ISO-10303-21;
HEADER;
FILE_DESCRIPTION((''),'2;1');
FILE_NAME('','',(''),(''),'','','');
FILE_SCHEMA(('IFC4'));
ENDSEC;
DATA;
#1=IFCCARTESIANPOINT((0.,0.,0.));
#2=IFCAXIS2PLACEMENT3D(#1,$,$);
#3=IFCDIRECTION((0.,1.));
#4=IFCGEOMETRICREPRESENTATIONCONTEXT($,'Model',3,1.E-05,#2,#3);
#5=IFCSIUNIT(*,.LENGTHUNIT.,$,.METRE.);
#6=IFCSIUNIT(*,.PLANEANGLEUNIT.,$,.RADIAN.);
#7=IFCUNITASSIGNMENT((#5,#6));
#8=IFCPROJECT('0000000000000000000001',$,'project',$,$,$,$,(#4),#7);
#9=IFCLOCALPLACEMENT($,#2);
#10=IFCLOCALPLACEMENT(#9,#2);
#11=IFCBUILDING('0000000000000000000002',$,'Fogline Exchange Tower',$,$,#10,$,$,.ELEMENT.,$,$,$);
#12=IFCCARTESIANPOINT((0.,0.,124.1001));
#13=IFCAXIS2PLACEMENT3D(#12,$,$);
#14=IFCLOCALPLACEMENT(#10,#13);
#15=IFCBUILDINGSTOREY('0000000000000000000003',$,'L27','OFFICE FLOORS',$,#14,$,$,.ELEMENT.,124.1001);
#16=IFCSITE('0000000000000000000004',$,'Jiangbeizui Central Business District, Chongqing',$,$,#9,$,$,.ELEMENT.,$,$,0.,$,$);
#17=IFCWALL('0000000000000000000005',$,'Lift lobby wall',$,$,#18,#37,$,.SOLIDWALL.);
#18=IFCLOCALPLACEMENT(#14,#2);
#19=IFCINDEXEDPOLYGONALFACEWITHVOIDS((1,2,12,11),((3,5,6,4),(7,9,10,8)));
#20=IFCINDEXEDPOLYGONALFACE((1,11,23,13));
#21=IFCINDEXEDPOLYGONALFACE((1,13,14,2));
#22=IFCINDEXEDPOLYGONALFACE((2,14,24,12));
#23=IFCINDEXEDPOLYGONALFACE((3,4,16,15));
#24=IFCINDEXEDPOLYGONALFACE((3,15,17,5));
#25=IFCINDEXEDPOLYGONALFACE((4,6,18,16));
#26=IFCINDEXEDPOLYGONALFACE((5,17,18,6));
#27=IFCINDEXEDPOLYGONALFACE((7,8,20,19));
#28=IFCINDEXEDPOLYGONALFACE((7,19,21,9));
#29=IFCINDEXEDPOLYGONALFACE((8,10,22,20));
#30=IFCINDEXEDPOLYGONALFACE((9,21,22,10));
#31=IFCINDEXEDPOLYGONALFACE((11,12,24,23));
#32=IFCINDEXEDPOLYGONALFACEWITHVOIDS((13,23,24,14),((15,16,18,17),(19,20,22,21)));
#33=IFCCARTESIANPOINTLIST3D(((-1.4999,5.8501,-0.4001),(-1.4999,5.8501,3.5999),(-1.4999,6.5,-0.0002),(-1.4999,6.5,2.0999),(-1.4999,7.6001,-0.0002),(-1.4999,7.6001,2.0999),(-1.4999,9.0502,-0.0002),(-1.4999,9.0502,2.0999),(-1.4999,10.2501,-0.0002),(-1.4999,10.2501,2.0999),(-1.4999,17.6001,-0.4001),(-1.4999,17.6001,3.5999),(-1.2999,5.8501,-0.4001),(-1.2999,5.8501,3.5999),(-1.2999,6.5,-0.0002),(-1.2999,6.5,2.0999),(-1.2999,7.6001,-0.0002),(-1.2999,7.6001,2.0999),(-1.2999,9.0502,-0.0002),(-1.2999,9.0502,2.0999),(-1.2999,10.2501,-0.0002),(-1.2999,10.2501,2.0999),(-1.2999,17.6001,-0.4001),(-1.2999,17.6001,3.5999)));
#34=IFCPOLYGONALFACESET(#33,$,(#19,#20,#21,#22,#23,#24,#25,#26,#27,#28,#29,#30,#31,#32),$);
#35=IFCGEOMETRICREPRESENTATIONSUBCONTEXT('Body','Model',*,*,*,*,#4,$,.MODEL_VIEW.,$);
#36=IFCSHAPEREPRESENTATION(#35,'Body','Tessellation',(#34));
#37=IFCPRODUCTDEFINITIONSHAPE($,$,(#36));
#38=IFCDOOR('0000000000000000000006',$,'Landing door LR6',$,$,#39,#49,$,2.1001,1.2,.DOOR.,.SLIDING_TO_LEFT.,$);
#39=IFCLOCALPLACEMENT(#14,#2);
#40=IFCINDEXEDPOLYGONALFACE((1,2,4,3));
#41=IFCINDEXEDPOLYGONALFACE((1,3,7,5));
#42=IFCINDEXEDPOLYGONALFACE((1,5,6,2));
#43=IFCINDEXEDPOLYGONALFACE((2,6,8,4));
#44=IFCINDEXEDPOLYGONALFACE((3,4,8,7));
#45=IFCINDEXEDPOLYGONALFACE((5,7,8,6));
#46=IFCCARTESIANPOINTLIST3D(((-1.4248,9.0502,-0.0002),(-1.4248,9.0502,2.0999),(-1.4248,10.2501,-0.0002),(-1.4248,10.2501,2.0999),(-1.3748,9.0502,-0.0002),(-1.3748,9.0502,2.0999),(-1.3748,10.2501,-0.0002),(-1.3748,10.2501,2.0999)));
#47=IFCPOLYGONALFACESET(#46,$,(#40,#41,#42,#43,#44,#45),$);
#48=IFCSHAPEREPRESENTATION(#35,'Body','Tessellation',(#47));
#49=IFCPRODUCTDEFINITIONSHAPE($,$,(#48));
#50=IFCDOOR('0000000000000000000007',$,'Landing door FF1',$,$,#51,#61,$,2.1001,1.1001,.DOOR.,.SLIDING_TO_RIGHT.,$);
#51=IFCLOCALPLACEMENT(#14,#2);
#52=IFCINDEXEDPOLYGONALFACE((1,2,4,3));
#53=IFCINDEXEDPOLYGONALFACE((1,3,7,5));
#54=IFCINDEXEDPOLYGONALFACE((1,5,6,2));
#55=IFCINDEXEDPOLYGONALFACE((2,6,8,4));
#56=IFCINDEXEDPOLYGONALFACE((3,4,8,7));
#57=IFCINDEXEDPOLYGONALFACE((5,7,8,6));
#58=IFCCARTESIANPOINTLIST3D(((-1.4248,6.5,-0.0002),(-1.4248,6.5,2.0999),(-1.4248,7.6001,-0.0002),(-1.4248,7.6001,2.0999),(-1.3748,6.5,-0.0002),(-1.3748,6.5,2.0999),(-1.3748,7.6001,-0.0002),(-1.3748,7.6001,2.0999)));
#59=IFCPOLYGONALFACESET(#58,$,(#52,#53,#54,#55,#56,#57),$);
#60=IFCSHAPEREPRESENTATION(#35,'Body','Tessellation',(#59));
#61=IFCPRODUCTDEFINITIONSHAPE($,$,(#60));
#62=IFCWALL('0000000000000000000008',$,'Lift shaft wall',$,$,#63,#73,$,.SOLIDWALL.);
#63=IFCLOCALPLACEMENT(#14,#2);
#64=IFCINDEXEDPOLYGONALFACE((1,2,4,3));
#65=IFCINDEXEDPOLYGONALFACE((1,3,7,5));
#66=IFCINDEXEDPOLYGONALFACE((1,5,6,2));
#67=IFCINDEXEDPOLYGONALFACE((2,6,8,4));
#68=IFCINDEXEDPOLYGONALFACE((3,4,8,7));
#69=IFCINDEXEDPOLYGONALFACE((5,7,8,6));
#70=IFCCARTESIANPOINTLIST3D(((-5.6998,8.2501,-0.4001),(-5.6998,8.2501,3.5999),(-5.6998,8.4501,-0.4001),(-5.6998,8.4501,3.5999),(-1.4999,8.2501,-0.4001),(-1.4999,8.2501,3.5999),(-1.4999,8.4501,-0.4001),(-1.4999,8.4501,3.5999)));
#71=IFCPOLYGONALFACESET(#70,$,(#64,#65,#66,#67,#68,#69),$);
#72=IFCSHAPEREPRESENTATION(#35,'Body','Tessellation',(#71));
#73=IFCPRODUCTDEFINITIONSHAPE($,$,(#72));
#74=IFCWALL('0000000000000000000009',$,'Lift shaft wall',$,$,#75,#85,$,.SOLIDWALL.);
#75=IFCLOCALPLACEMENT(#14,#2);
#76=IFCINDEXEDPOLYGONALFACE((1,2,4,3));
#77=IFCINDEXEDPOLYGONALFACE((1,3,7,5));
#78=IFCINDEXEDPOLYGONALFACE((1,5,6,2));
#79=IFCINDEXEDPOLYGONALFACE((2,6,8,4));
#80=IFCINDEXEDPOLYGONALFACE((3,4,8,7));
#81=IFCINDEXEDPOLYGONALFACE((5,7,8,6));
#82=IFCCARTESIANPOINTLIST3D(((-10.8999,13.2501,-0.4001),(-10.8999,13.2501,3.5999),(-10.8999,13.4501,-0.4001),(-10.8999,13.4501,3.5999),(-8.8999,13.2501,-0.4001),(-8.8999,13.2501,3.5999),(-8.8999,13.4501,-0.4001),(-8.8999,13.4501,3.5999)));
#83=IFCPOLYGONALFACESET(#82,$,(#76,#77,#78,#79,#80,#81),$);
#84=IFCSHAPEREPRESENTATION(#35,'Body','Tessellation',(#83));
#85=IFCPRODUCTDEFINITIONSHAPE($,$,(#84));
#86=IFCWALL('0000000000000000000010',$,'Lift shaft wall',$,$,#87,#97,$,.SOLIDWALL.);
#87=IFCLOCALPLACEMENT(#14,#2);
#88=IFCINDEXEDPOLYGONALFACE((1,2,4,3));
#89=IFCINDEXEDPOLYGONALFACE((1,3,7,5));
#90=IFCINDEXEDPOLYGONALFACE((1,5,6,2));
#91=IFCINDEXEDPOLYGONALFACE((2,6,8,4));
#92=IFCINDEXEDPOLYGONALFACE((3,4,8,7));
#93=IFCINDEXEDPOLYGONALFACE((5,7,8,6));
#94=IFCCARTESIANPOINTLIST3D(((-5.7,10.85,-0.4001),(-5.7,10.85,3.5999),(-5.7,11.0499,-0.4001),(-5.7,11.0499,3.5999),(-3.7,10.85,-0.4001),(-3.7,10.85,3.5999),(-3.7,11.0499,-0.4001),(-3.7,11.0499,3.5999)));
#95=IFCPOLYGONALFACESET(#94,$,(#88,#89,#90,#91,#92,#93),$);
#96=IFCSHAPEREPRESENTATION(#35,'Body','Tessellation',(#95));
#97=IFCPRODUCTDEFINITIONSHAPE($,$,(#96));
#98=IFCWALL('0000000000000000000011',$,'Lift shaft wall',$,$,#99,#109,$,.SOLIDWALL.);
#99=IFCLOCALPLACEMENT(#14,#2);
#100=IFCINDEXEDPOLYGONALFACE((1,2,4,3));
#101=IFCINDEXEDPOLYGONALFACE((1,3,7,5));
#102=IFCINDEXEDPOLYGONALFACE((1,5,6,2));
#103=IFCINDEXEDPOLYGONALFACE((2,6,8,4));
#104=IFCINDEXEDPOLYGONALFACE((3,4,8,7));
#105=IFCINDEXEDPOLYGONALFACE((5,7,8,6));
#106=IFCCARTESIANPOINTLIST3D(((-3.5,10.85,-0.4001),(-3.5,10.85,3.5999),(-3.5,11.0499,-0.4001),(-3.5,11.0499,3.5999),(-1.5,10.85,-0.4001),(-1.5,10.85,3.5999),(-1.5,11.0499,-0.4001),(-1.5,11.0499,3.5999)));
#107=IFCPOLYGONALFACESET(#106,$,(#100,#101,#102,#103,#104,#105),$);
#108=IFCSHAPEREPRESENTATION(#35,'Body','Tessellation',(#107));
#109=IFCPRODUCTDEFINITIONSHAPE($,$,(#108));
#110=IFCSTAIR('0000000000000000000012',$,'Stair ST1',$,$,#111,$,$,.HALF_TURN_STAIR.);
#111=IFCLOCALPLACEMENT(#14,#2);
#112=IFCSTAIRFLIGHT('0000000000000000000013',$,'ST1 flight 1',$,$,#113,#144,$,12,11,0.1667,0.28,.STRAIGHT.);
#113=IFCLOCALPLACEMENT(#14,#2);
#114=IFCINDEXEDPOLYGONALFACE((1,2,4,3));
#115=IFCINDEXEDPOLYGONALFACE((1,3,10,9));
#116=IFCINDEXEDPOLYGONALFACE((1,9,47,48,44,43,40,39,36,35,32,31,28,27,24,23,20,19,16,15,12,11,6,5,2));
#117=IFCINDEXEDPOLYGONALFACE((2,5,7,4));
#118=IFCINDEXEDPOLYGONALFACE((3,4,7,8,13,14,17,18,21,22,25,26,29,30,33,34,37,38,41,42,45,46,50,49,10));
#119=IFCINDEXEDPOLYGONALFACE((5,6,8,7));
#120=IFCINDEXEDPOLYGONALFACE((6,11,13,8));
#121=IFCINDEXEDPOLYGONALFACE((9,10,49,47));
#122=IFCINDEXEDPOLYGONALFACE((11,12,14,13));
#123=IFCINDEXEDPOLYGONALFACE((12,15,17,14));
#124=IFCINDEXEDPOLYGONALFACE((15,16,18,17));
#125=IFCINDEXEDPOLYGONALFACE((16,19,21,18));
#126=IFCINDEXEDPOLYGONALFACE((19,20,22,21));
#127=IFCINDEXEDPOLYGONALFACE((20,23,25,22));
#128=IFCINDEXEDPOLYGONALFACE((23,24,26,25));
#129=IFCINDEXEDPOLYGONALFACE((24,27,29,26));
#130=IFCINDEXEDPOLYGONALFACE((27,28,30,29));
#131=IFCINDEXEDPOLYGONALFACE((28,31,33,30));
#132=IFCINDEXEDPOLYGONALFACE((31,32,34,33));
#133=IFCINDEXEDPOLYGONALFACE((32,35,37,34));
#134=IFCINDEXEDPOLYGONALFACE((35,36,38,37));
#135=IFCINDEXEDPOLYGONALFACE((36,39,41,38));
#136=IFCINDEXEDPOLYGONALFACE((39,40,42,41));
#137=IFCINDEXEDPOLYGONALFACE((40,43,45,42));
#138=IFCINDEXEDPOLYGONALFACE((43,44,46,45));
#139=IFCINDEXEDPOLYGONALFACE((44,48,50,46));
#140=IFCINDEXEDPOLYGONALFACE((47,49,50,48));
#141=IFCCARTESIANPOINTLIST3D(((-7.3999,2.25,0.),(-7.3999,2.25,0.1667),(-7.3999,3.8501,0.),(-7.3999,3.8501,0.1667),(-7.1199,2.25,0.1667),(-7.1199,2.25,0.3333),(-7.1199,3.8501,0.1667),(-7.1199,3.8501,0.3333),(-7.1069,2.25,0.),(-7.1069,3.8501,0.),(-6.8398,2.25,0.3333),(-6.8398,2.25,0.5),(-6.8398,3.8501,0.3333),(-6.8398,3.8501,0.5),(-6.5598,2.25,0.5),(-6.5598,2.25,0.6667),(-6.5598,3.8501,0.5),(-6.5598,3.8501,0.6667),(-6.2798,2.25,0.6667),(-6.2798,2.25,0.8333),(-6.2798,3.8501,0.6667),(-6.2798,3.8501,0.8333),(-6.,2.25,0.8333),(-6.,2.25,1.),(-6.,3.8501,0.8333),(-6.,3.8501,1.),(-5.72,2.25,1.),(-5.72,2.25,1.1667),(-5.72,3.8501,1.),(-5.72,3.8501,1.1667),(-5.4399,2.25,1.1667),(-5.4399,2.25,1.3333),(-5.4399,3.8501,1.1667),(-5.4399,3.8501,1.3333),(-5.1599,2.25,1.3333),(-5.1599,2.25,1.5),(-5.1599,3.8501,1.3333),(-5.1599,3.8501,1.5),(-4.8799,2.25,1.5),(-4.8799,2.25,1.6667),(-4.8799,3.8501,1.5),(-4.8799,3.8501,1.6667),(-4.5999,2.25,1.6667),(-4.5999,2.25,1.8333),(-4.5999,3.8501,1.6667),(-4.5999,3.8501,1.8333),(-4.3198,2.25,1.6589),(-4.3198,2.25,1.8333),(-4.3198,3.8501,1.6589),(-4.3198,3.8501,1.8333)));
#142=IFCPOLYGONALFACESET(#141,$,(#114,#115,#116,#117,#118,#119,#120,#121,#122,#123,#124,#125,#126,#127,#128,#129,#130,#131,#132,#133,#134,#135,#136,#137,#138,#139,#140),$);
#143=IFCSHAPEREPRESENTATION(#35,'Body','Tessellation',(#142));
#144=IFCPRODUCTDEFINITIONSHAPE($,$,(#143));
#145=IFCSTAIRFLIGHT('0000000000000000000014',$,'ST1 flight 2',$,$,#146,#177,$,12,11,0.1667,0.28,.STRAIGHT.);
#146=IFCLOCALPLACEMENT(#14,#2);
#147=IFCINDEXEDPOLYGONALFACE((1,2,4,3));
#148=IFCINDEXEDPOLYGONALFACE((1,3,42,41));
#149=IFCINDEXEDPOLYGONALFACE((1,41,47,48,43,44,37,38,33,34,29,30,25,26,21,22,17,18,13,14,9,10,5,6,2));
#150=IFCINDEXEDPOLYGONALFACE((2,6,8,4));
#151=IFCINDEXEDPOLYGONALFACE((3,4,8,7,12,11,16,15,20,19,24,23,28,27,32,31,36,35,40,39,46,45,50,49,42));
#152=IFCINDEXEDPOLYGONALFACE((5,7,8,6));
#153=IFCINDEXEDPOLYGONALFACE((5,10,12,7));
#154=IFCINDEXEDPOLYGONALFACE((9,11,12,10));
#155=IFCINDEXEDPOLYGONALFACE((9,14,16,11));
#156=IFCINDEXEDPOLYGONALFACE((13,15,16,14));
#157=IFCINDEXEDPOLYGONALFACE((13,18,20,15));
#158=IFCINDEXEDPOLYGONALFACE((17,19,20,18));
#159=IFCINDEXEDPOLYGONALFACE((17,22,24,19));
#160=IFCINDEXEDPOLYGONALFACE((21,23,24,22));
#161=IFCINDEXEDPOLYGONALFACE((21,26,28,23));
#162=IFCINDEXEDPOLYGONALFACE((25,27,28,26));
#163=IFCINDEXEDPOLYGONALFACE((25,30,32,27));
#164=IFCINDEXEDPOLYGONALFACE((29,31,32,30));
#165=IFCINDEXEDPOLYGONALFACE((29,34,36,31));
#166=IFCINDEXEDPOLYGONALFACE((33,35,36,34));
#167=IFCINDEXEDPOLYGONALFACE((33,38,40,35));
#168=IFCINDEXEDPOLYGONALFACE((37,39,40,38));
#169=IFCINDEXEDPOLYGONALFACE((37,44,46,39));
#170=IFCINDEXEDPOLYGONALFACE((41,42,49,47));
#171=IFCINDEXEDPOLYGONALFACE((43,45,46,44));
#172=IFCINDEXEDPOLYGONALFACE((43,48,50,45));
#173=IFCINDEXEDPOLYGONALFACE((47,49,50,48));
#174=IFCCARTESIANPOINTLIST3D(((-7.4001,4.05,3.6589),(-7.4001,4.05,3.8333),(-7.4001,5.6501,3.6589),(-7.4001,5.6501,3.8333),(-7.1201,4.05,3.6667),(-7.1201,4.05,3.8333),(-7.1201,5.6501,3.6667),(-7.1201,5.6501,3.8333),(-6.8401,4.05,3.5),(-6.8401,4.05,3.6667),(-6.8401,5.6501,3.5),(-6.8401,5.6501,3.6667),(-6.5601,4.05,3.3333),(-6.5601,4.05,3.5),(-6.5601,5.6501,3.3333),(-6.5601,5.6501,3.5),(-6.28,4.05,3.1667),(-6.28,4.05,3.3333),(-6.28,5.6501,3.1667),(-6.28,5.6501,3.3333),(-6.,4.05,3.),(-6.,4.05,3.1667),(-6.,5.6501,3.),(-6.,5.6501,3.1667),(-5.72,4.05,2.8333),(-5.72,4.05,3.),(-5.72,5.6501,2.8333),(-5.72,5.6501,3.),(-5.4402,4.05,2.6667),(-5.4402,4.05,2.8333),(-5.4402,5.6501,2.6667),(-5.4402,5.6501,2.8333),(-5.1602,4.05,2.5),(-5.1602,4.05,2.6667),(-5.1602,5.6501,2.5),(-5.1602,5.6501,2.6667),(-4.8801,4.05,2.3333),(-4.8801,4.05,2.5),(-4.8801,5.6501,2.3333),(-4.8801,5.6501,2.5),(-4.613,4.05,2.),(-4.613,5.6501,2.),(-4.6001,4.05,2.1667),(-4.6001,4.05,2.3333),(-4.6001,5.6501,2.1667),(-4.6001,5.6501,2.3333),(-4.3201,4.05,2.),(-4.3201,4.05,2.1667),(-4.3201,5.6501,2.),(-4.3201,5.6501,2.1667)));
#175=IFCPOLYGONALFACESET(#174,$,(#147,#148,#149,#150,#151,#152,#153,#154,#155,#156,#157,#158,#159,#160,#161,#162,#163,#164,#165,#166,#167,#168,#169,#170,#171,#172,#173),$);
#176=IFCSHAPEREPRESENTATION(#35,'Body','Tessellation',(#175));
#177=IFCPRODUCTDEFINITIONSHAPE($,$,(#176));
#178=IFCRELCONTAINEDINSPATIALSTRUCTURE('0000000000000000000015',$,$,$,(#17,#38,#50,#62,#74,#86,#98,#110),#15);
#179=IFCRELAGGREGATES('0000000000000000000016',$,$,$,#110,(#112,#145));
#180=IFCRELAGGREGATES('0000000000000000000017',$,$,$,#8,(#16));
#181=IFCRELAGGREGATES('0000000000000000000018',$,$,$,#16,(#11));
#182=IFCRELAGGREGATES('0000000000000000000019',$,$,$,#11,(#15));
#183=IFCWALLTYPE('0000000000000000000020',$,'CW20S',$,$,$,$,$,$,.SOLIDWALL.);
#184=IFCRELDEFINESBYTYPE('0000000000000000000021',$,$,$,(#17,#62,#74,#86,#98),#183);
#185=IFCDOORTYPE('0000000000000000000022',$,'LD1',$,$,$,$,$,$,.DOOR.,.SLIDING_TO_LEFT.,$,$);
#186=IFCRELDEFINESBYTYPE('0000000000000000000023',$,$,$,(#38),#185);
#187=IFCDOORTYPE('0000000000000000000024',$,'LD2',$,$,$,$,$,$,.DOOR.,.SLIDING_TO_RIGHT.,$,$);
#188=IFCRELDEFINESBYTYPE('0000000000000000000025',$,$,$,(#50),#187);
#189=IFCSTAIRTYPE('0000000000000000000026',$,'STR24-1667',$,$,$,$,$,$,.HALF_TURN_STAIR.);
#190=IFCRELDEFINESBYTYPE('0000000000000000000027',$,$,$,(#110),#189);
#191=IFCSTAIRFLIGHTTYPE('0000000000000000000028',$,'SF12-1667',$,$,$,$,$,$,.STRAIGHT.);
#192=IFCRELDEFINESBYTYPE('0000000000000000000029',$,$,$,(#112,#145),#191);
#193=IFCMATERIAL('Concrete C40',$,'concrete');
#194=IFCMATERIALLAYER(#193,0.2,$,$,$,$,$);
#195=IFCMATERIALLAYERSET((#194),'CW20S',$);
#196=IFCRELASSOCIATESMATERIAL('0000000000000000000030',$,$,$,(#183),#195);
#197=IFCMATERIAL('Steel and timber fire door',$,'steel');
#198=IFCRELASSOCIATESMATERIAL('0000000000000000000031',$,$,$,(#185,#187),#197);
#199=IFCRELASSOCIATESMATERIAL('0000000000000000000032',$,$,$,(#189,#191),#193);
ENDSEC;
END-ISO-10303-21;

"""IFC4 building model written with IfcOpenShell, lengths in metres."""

from ifc_helpers import new_model, si_unit, direction, frame, frame_2d, origin, place, context, subcontext, project, spatial, polyline, rectangle, outline, extrude, material, layer, layer_set, type_object, element, fill, aggregate, save


model = new_model("IFC4")

# Units and contexts
model_context = context("Model", 3, precision=1e-05, world=origin(), true_north=direction((0.0, 1.0)))
body_context = subcontext(model_context, "Body", "Model", "MODEL_VIEW")
ifc_project = project(units=[si_unit("LENGTHUNIT", "METRE"), si_unit("PLANEANGLEUNIT", "RADIAN")], contexts=[model_context])

# Site, building, storey
site_placement = place(None, origin())
site = spatial("IfcSite", under=ifc_project, at=site_placement, Name="Jiangbeizui Central Business District, Chongqing", CompositionType="ELEMENT", RefElevation=0.0)
building_placement = place(site_placement, origin())
building = spatial("IfcBuilding", under=site, at=building_placement, Name="Fogline Exchange Tower", CompositionType="ELEMENT")
storey_placement = place(building_placement, frame((0.0, 0.0, 124.1001)))
storey = spatial("IfcBuildingStorey", under=building, at=storey_placement, Name="L27", Description="OFFICE FLOORS", CompositionType="ELEMENT", Elevation=124.1001)

# Shared definitions
ifc_material_1 = material(Name="Steel and timber fire door", Category="steel")

# Shared definitions
ifc_material_2 = material(Name="Concrete C40", Category="concrete")

# Shared definitions
ifc_layer_1 = layer(ifc_material_2, 0.2)
ifc_layer_set_1 = layer_set([ifc_layer_1], Name="CW20S")
wall_type_1 = type_object("IfcWallType", Name="CW20S", PredefinedType="SOLIDWALL", material=ifc_layer_set_1)
door_type_1 = type_object("IfcDoorType", Name="LD1", OperationType="SLIDING_TO_LEFT", PredefinedType="DOOR", material=ifc_material_1)

# Wall, openings, doors
wall_1_placement = place(storey_placement, frame((-1.3999, 5.8501, -0.4001), z_axis=(0.0, 0.0, 1.0), x_axis=(0.0, 1.0, 0.0)))
wall_1 = element("IfcWall", 1, at=wall_1_placement, inside=storey, type_object=wall_type_1, Name="Lift lobby wall", PredefinedType="SOLIDWALL", context=body_context, shape_type="SweptSolid", body=[
    extrude(rectangle(XDim=11.75, YDim=0.2, at=frame_2d((5.875, 0.0))), origin(), (0.0, 0.0, 1.0), 4.0),
])
opening_1_placement = place(wall_1_placement, frame((3.2, 0.0, 0.3999)))
opening_1 = element("IfcOpeningElement", 2, at=opening_1_placement, cuts=wall_1, PredefinedType="OPENING", context=body_context, shape_type="SweptSolid", body=[
    extrude(rectangle(XDim=1.2, YDim=2.1001, at=frame_2d((0.6001, 1.05))), frame((0.0, 0.1099, 0.0), z_axis=(0.0, -1.0, 0.0), x_axis=(1.0, 0.0, 0.0)), (0.0, 0.0, 1.0), 0.22),
])
opening_2_placement = place(wall_1_placement, frame((0.6499, 0.0, 0.3999)))
opening_2 = element("IfcOpeningElement", 3, at=opening_2_placement, cuts=wall_1, PredefinedType="OPENING", context=body_context, shape_type="SweptSolid", body=[
    extrude(rectangle(XDim=1.1001, YDim=2.1001, at=frame_2d((0.55, 1.05))), frame((0.0, 0.1099, 0.0), z_axis=(0.0, -1.0, 0.0), x_axis=(1.0, 0.0, 0.0)), (0.0, 0.0, 1.0), 0.22),
])
door_1_placement = place(opening_1_placement, origin())
door_1 = element("IfcDoor", 4, at=door_1_placement, inside=storey, type_object=door_type_1, Name="Landing door LR6", OperationType="SLIDING_TO_LEFT", OverallHeight=2.1001, OverallWidth=1.2, PredefinedType="DOOR", context=body_context, shape_type="SweptSolid", body=[
    extrude(rectangle(XDim=1.2, YDim=2.1001, at=frame_2d((0.6001, 1.05))), frame((0.0, 0.0249, 0.0), z_axis=(0.0, -1.0, 0.0), x_axis=(1.0, 0.0, 0.0)), (0.0, 0.0, 1.0), 0.05),
])
fill(opening_1, door_1)
door_type_2 = type_object("IfcDoorType", Name="LD2", OperationType="SLIDING_TO_RIGHT", PredefinedType="DOOR", material=ifc_material_1)
door_2_placement = place(opening_2_placement, origin())
door_2 = element("IfcDoor", 5, at=door_2_placement, inside=storey, type_object=door_type_2, Name="Landing door FF1", OperationType="SLIDING_TO_RIGHT", OverallHeight=2.1001, OverallWidth=1.1001, PredefinedType="DOOR", context=body_context, shape_type="SweptSolid", body=[
    extrude(rectangle(XDim=1.1001, YDim=2.1001, at=frame_2d((0.55, 1.05))), frame((0.0, 0.0249, 0.0), z_axis=(0.0, -1.0, 0.0), x_axis=(1.0, 0.0, 0.0)), (0.0, 0.0, 1.0), 0.05),
])
fill(opening_2, door_2)

# Walls
wall_2_placement = place(storey_placement, frame((-5.7, 8.3501, -0.4001), z_axis=(0.0, 0.0, 1.0), x_axis=(1.0, 0.0, 0.0)))
element("IfcWall", 6, at=wall_2_placement, inside=storey, type_object=wall_type_1, Name="Lift shaft wall", PredefinedType="SOLIDWALL", context=body_context, shape_type="SweptSolid", body=[
    extrude(rectangle(XDim=4.2, YDim=0.2, at=frame_2d((2.1001, 0.0))), origin(), (0.0, 0.0, 1.0), 4.0),
])
for number, where, z_axis, x_axis, name in (
    (7, (-10.8999, 13.3501, -0.4001), (0.0, 0.0, 1.0), (1.0, 0.0, 0.0), "Lift shaft wall"),
    (8, (-5.7, 10.95, -0.4001), (0.0, 0.0, 1.0), (1.0, 0.0, 0.0), "Lift shaft wall"),
    (9, (-3.5, 10.95, -0.4001), (0.0, 0.0, 1.0), (1.0, 0.0, 0.0), "Lift shaft wall"),
):
    element("IfcWall", number, at=place(storey_placement, frame(where, z_axis=z_axis, x_axis=x_axis)), inside=storey, type_object=wall_type_1, Name=name, PredefinedType="SOLIDWALL", context=body_context, shape_type="SweptSolid", body=[
        extrude(rectangle(XDim=2.0, YDim=0.2, at=frame_2d((1.0, 0.0))), origin(), (0.0, 0.0, 1.0), 4.0),
    ])

# Stair, stair flights
stair_type = type_object("IfcStairType", Name="STR24-1667", PredefinedType="HALF_TURN_STAIR", material=ifc_material_2)
stair_placement = place(storey_placement, origin())
stair = element("IfcStair", 10, at=stair_placement, inside=storey, type_object=stair_type, Name="Stair ST1", PredefinedType="HALF_TURN_STAIR")
stair_flight_type = type_object("IfcStairFlightType", Name="SF12-1667", PredefinedType="STRAIGHT", material=ifc_material_2)
stair_flight_1_placement = place(storey_placement, frame((-7.3999, 3.05, 0.0), z_axis=(0.0, 0.0, 1.0), x_axis=(1.0, 0.0, 0.0)))
stair_flight_1 = element("IfcStairFlight", 11, at=stair_flight_1_placement, type_object=stair_flight_type, Name="ST1 flight 1", NumberOfRisers=12, NumberOfTreads=11, PredefinedType="STRAIGHT", RiserHeight=0.1667, TreadLength=0.28, context=body_context, shape_type="SweptSolid", body=[
    extrude(outline(polyline([(0.0, 0.0), (0.0, 0.1667), (0.28, 0.1667), (0.28, 0.3333), (0.5601, 0.3333), (0.5601, 0.5), (0.8401, 0.5), (0.8401, 0.6667), (1.1201, 0.6667), (1.1201, 0.8333), (1.3999, 0.8333), (1.3999, 1.0), (1.6799, 1.0), (1.6799, 1.1667), (1.96, 1.1667), (1.96, 1.3333), (2.24, 1.3333), (2.24, 1.5), (2.52, 1.5), (2.52, 1.6667), (2.8, 1.6667), (2.8, 1.8333), (3.0801, 1.8333), (3.0801, 2.0), (3.0801, 1.6589), (0.293, 0.0), (0.0, 0.0)])), frame((0.0, 0.8, 0.0), z_axis=(0.0, -1.0, 0.0), x_axis=(1.0, 0.0, 0.0)), (0.0, 0.0, 1.0), 1.6001),
])
stair_flight_2_placement = place(storey_placement, frame((-4.3201, 4.8501, 2.0), z_axis=(0.0, 0.0, 1.0), x_axis=(-1.0, 0.0, 0.0)))
stair_flight_2 = element("IfcStairFlight", 12, at=stair_flight_2_placement, type_object=stair_flight_type, Name="ST1 flight 2", NumberOfRisers=12, NumberOfTreads=11, PredefinedType="STRAIGHT", RiserHeight=0.1667, TreadLength=0.28, context=body_context, shape_type="SweptSolid", body=[
    extrude(outline(polyline([(0.0, 0.0), (0.0, 0.1667), (0.28, 0.1667), (0.28, 0.3333), (0.5601, 0.3333), (0.5601, 0.5), (0.8401, 0.5), (0.8401, 0.6667), (1.1201, 0.6667), (1.1201, 0.8333), (1.3999, 0.8333), (1.3999, 1.0), (1.6799, 1.0), (1.6799, 1.1667), (1.96, 1.1667), (1.96, 1.3333), (2.24, 1.3333), (2.24, 1.5), (2.52, 1.5), (2.52, 1.6667), (2.8, 1.6667), (2.8, 1.8333), (3.0801, 1.8333), (3.0801, 2.0), (3.0801, 1.6589), (0.293, 0.0), (0.0, 0.0)])), frame((0.0, 0.8, 0.0), z_axis=(0.0, -1.0, 0.0), x_axis=(1.0, 0.0, 0.0)), (0.0, 0.0, 1.0), 1.6001),
])
aggregate(stair, [stair_flight_1, stair_flight_2])

save(model, "model.ifc")
